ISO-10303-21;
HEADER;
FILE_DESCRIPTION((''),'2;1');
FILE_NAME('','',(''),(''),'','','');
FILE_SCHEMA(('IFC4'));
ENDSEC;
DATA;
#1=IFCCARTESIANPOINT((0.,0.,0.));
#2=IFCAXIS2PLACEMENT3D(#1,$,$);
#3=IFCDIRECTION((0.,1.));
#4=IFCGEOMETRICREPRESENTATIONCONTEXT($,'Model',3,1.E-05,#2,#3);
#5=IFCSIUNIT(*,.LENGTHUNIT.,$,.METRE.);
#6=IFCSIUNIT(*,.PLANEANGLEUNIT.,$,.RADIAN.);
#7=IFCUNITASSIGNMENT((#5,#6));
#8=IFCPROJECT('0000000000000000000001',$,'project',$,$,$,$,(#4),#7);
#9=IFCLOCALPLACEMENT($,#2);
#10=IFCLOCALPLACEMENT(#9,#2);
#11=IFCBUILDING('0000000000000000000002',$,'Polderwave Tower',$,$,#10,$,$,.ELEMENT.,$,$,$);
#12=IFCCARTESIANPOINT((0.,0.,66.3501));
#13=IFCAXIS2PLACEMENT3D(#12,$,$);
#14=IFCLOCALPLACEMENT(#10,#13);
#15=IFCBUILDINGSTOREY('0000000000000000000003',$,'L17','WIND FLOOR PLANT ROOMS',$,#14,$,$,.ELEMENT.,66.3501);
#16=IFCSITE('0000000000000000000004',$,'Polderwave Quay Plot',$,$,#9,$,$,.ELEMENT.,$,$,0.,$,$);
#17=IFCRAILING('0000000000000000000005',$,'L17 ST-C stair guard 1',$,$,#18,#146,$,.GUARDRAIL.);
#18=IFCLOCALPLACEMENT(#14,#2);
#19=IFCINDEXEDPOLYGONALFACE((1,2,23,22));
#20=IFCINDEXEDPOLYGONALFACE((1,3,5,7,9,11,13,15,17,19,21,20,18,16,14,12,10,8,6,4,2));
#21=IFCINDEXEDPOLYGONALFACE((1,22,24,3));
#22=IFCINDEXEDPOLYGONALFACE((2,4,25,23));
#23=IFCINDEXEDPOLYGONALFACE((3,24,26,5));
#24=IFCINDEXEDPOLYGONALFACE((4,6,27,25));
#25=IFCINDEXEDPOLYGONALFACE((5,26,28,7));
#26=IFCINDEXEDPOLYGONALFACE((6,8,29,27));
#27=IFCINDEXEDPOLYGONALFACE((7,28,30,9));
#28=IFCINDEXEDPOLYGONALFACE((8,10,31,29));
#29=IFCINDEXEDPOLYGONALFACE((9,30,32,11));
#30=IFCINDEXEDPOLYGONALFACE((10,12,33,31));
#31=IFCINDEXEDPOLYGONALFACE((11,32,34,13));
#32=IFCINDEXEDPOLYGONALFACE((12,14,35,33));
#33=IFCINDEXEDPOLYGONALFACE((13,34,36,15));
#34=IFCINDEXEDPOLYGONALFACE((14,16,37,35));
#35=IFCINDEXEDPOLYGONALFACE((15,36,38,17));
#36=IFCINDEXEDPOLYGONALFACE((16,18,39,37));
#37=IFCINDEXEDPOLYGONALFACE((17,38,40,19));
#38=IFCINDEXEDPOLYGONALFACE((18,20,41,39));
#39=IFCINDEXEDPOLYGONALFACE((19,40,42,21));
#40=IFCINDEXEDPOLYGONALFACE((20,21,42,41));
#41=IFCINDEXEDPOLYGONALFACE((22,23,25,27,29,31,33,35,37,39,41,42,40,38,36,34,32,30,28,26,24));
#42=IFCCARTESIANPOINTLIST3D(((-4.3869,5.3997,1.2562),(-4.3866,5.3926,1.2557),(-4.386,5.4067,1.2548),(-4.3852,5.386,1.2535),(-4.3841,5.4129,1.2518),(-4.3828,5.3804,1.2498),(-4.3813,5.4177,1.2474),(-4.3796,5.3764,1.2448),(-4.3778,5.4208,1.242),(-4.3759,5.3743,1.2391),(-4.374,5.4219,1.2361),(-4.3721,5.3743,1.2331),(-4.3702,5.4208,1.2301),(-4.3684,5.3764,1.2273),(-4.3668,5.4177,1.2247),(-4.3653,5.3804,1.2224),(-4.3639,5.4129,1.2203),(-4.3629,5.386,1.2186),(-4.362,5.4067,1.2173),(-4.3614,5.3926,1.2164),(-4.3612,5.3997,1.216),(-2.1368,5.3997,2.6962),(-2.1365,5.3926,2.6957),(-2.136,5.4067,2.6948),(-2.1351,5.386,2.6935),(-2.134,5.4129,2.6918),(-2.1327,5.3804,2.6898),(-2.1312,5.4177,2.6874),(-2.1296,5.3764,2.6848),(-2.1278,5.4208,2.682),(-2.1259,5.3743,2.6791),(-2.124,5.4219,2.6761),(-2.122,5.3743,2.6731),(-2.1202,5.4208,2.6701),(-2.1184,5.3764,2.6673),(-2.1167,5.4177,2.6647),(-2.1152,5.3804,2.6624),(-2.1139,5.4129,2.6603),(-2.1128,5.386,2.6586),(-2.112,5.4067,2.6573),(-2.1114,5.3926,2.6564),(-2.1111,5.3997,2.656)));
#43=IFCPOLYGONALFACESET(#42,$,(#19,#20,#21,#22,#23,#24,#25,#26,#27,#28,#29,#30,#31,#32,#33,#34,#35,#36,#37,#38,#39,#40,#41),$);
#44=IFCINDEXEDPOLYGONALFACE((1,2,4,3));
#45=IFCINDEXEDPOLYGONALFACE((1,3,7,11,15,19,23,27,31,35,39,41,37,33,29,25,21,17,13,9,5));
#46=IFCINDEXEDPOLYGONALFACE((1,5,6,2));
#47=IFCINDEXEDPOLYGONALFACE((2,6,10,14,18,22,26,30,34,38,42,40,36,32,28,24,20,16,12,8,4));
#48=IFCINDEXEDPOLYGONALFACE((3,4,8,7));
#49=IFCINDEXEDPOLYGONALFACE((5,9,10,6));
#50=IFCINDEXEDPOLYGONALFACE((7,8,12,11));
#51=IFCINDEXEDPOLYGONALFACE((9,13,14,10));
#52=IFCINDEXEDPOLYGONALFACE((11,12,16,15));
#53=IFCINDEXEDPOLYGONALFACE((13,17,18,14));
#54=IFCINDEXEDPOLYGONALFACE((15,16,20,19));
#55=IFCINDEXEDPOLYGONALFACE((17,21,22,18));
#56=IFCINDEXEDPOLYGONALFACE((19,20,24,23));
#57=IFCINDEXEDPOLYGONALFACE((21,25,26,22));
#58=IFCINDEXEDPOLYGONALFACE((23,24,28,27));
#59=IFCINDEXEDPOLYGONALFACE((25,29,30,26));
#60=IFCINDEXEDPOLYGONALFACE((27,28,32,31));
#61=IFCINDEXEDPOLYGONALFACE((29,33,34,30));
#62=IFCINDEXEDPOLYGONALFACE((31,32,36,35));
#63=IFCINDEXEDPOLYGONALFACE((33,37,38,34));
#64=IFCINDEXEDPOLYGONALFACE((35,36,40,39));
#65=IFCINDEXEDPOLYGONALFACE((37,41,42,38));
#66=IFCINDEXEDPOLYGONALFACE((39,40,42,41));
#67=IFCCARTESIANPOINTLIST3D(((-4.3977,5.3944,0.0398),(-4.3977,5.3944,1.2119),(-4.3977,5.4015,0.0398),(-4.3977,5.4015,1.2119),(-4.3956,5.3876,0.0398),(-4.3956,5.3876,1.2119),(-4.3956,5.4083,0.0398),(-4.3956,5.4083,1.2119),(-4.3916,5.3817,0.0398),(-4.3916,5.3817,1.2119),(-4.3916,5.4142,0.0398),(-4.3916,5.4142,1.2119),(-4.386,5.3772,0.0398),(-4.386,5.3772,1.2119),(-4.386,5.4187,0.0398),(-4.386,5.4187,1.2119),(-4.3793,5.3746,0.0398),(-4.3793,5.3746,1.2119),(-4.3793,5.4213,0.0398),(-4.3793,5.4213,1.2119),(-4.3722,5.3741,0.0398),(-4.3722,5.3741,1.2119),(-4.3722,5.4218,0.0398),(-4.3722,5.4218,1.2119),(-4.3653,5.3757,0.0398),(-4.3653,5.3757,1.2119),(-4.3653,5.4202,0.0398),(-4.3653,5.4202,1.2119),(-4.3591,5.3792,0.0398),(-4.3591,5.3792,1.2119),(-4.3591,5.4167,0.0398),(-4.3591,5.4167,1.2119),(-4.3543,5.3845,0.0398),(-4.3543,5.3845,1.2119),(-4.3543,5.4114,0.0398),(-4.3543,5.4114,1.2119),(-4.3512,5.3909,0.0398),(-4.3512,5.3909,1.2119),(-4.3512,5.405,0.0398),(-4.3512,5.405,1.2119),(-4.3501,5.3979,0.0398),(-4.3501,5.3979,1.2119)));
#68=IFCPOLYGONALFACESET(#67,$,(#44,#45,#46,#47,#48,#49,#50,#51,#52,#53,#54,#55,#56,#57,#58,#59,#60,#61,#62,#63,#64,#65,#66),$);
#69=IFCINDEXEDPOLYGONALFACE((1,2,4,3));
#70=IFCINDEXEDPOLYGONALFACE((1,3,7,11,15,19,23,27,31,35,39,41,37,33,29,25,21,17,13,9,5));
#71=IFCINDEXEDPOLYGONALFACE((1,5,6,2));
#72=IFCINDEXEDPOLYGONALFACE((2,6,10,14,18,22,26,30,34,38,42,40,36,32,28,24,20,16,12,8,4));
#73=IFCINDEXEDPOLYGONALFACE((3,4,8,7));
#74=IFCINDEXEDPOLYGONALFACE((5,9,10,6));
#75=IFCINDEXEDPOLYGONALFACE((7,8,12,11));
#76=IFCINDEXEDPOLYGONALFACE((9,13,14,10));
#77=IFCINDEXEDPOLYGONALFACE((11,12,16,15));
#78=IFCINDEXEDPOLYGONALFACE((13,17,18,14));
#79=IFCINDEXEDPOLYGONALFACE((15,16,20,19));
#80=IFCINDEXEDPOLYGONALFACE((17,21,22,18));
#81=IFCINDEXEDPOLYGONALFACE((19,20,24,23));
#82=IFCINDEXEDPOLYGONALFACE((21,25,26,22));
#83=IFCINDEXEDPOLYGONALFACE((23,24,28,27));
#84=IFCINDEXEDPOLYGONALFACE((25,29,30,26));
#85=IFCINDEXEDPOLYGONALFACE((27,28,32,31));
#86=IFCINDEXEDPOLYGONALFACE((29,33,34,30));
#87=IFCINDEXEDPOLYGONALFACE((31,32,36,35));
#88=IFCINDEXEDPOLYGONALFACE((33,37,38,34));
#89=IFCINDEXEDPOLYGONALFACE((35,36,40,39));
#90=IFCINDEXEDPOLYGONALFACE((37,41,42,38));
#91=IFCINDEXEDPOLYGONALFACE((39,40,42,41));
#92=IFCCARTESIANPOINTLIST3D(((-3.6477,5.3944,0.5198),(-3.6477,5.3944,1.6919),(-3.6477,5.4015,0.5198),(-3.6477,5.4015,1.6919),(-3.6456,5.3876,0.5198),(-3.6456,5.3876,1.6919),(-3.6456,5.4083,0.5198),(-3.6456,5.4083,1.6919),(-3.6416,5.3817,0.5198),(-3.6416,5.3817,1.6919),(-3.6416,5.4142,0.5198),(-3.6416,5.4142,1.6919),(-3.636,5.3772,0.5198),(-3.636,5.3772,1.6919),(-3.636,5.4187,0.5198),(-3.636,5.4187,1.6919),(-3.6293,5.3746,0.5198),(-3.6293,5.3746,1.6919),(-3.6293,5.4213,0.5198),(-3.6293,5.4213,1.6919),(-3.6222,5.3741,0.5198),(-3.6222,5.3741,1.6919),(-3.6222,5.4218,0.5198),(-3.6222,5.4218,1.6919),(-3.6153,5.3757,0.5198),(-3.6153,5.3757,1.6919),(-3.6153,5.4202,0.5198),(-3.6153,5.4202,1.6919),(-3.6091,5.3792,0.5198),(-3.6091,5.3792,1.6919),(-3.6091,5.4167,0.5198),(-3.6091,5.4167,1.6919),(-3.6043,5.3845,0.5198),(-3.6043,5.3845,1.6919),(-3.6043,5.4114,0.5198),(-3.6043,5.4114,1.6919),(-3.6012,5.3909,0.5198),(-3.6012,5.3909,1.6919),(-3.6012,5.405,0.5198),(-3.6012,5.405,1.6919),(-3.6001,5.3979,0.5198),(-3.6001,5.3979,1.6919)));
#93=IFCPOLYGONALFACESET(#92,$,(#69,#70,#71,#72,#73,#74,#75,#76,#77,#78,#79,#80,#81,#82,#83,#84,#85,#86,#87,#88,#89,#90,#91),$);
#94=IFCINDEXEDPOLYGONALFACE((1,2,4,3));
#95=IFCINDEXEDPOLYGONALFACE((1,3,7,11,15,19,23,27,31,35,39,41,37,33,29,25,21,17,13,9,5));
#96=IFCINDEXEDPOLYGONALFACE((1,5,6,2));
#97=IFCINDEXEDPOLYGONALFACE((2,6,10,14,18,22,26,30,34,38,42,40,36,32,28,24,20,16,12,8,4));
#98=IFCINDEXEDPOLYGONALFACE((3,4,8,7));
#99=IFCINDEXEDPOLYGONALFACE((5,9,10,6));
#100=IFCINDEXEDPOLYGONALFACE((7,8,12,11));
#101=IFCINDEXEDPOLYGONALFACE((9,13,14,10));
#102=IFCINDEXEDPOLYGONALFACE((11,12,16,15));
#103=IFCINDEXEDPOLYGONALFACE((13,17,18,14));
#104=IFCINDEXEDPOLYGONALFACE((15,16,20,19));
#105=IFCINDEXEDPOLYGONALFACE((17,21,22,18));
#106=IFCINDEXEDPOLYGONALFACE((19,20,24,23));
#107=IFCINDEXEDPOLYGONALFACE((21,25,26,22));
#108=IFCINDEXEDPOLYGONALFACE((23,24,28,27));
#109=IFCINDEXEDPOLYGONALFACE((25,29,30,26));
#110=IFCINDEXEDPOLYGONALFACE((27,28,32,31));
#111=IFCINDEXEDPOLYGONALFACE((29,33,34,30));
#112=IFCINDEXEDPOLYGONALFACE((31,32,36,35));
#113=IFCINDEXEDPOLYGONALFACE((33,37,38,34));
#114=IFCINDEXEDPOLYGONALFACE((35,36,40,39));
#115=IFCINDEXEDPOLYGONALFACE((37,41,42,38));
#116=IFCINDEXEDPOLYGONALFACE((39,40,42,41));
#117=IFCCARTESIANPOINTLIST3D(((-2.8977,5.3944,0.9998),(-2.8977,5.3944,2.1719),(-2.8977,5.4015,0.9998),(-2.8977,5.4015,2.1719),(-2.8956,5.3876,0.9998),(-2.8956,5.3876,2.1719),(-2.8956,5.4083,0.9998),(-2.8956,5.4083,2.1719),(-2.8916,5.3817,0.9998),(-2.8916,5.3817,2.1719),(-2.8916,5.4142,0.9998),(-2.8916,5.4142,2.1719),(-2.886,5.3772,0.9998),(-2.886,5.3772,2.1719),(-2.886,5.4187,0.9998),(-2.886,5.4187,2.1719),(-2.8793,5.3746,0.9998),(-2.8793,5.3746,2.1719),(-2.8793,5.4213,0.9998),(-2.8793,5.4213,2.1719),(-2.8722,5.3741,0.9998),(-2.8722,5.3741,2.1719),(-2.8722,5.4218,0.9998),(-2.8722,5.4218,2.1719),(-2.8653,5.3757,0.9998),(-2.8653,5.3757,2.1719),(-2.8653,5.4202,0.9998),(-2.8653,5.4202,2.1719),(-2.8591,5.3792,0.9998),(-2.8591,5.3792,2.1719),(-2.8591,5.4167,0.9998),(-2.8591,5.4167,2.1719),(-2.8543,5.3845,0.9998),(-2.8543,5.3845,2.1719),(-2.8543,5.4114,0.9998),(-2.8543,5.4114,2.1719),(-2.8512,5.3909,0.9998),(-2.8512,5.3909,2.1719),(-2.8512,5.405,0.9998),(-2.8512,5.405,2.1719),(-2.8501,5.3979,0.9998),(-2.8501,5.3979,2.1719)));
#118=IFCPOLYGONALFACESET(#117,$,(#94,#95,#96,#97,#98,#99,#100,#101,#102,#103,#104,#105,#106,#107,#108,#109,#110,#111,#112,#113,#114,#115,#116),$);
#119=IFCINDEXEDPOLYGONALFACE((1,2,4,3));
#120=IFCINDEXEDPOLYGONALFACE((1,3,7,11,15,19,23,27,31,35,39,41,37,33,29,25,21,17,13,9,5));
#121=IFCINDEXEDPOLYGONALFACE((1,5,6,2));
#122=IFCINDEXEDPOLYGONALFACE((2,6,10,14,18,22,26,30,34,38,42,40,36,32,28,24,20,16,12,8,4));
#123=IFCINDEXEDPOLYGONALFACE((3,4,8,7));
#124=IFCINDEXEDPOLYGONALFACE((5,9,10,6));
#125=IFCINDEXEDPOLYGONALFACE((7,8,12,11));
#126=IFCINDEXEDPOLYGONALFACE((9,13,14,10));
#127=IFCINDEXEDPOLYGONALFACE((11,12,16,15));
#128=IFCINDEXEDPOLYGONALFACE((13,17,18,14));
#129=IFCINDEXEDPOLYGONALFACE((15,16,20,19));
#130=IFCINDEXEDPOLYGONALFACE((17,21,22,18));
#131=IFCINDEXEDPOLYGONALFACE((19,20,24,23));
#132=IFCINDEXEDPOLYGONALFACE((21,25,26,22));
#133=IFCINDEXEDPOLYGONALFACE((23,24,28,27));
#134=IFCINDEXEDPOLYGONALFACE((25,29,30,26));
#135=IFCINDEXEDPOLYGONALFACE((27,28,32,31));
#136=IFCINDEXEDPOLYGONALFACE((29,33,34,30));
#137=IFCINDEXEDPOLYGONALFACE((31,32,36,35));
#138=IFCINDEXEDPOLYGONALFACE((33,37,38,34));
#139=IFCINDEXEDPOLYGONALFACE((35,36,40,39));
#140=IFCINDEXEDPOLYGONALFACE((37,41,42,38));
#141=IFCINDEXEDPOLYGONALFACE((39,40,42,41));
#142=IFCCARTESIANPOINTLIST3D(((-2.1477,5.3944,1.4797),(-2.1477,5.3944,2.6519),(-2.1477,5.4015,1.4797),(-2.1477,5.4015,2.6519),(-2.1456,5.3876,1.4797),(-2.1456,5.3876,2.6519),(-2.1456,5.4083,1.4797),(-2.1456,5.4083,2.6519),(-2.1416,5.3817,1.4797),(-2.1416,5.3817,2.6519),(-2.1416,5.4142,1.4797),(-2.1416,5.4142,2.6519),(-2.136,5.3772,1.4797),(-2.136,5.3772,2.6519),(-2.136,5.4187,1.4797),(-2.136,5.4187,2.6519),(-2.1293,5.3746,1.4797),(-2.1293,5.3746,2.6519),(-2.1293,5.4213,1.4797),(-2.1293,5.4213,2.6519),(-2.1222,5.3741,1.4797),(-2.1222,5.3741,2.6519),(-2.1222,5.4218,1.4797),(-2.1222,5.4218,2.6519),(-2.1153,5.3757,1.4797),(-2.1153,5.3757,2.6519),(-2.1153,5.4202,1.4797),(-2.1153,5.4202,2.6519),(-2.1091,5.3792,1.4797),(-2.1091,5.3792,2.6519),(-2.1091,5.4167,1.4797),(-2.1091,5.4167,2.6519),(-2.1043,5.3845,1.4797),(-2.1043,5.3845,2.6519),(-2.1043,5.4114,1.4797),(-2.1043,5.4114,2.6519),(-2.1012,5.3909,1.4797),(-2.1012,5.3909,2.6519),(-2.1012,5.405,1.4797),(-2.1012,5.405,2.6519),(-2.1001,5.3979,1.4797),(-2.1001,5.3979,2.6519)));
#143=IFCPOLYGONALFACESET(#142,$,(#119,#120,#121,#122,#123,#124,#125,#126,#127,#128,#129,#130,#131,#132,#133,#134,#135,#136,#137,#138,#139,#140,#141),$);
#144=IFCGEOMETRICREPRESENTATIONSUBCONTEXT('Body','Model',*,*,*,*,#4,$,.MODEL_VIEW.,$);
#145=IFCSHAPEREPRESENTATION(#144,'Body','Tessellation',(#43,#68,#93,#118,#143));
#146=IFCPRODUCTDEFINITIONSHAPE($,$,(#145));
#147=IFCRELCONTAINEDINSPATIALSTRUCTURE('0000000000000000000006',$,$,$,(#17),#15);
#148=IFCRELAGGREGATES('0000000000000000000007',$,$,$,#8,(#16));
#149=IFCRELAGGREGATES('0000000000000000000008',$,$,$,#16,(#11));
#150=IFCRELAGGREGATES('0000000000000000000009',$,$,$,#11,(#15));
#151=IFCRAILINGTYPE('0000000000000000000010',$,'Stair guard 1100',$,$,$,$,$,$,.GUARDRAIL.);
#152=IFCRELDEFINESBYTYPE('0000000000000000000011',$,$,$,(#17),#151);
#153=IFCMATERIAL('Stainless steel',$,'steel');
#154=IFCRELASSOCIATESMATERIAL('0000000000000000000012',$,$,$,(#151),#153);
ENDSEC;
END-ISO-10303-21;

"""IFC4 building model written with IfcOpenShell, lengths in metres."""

from ifc_helpers import new_model, si_unit, direction, frame, origin, origin_2d, place, context, subcontext, project, spatial, circle, extrude, material, type_object, element, save


model = new_model("IFC4")

# Units and contexts
model_context = context("Model", 3, precision=1e-05, world=origin(), true_north=direction((0.0, 1.0)))
body_context = subcontext(model_context, "Body", "Model", "MODEL_VIEW")
ifc_project = project(units=[si_unit("LENGTHUNIT", "METRE"), si_unit("PLANEANGLEUNIT", "RADIAN")], contexts=[model_context])

# Site, building, storey
site_placement = place(None, origin())
site = spatial("IfcSite", under=ifc_project, at=site_placement, Name="Polderwave Quay Plot", CompositionType="ELEMENT", RefElevation=0.0)
building_placement = place(site_placement, origin())
building = spatial("IfcBuilding", under=site, at=building_placement, Name="Polderwave Tower", CompositionType="ELEMENT")
storey_placement = place(building_placement, frame((0.0, 0.0, 66.3501)))
storey = spatial("IfcBuildingStorey", under=building, at=storey_placement, Name="L17", Description="WIND FLOOR PLANT ROOMS", CompositionType="ELEMENT", Elevation=66.3501)

# Railing
ifc_material_1 = material(Name="Stainless steel", Category="steel")
railing_type_1 = type_object("IfcRailingType", Name="Stair guard 1100", PredefinedType="GUARDRAIL", material=ifc_material_1)
railing_1_placement = place(storey_placement, frame((-4.374, 5.3979, 0.0398)))
element("IfcRailing", 1, at=railing_1_placement, inside=storey, type_object=railing_type_1, Name="L17 ST-C stair guard 1", PredefinedType="GUARDRAIL", context=body_context, shape_type="SweptSolid", body=[
    extrude(circle(Radius=0.0239, at=origin_2d()), frame((0.0, 0.0, 1.1963), z_axis=(0.842281, 0.0, 0.539038), x_axis=(0.0, 1.0, 0.0)), (0.0, 0.0, 1.0), 2.6714),
    extrude(circle(Radius=0.0239, at=origin_2d()), origin(), (0.0, 0.0, 1.0), 1.1721),
    extrude(circle(Radius=0.0239, at=origin_2d()), frame((0.75, 0.0, 0.48)), (0.0, 0.0, 1.0), 1.1721),
    extrude(circle(Radius=0.0239, at=origin_2d()), frame((1.5, 0.0, 0.96)), (0.0, 0.0, 1.0), 1.1721),
    extrude(circle(Radius=0.0239, at=origin_2d()), frame((2.25, 0.0, 1.4399)), (0.0, 0.0, 1.0), 1.1721),
])

save(model, "model.ifc")
